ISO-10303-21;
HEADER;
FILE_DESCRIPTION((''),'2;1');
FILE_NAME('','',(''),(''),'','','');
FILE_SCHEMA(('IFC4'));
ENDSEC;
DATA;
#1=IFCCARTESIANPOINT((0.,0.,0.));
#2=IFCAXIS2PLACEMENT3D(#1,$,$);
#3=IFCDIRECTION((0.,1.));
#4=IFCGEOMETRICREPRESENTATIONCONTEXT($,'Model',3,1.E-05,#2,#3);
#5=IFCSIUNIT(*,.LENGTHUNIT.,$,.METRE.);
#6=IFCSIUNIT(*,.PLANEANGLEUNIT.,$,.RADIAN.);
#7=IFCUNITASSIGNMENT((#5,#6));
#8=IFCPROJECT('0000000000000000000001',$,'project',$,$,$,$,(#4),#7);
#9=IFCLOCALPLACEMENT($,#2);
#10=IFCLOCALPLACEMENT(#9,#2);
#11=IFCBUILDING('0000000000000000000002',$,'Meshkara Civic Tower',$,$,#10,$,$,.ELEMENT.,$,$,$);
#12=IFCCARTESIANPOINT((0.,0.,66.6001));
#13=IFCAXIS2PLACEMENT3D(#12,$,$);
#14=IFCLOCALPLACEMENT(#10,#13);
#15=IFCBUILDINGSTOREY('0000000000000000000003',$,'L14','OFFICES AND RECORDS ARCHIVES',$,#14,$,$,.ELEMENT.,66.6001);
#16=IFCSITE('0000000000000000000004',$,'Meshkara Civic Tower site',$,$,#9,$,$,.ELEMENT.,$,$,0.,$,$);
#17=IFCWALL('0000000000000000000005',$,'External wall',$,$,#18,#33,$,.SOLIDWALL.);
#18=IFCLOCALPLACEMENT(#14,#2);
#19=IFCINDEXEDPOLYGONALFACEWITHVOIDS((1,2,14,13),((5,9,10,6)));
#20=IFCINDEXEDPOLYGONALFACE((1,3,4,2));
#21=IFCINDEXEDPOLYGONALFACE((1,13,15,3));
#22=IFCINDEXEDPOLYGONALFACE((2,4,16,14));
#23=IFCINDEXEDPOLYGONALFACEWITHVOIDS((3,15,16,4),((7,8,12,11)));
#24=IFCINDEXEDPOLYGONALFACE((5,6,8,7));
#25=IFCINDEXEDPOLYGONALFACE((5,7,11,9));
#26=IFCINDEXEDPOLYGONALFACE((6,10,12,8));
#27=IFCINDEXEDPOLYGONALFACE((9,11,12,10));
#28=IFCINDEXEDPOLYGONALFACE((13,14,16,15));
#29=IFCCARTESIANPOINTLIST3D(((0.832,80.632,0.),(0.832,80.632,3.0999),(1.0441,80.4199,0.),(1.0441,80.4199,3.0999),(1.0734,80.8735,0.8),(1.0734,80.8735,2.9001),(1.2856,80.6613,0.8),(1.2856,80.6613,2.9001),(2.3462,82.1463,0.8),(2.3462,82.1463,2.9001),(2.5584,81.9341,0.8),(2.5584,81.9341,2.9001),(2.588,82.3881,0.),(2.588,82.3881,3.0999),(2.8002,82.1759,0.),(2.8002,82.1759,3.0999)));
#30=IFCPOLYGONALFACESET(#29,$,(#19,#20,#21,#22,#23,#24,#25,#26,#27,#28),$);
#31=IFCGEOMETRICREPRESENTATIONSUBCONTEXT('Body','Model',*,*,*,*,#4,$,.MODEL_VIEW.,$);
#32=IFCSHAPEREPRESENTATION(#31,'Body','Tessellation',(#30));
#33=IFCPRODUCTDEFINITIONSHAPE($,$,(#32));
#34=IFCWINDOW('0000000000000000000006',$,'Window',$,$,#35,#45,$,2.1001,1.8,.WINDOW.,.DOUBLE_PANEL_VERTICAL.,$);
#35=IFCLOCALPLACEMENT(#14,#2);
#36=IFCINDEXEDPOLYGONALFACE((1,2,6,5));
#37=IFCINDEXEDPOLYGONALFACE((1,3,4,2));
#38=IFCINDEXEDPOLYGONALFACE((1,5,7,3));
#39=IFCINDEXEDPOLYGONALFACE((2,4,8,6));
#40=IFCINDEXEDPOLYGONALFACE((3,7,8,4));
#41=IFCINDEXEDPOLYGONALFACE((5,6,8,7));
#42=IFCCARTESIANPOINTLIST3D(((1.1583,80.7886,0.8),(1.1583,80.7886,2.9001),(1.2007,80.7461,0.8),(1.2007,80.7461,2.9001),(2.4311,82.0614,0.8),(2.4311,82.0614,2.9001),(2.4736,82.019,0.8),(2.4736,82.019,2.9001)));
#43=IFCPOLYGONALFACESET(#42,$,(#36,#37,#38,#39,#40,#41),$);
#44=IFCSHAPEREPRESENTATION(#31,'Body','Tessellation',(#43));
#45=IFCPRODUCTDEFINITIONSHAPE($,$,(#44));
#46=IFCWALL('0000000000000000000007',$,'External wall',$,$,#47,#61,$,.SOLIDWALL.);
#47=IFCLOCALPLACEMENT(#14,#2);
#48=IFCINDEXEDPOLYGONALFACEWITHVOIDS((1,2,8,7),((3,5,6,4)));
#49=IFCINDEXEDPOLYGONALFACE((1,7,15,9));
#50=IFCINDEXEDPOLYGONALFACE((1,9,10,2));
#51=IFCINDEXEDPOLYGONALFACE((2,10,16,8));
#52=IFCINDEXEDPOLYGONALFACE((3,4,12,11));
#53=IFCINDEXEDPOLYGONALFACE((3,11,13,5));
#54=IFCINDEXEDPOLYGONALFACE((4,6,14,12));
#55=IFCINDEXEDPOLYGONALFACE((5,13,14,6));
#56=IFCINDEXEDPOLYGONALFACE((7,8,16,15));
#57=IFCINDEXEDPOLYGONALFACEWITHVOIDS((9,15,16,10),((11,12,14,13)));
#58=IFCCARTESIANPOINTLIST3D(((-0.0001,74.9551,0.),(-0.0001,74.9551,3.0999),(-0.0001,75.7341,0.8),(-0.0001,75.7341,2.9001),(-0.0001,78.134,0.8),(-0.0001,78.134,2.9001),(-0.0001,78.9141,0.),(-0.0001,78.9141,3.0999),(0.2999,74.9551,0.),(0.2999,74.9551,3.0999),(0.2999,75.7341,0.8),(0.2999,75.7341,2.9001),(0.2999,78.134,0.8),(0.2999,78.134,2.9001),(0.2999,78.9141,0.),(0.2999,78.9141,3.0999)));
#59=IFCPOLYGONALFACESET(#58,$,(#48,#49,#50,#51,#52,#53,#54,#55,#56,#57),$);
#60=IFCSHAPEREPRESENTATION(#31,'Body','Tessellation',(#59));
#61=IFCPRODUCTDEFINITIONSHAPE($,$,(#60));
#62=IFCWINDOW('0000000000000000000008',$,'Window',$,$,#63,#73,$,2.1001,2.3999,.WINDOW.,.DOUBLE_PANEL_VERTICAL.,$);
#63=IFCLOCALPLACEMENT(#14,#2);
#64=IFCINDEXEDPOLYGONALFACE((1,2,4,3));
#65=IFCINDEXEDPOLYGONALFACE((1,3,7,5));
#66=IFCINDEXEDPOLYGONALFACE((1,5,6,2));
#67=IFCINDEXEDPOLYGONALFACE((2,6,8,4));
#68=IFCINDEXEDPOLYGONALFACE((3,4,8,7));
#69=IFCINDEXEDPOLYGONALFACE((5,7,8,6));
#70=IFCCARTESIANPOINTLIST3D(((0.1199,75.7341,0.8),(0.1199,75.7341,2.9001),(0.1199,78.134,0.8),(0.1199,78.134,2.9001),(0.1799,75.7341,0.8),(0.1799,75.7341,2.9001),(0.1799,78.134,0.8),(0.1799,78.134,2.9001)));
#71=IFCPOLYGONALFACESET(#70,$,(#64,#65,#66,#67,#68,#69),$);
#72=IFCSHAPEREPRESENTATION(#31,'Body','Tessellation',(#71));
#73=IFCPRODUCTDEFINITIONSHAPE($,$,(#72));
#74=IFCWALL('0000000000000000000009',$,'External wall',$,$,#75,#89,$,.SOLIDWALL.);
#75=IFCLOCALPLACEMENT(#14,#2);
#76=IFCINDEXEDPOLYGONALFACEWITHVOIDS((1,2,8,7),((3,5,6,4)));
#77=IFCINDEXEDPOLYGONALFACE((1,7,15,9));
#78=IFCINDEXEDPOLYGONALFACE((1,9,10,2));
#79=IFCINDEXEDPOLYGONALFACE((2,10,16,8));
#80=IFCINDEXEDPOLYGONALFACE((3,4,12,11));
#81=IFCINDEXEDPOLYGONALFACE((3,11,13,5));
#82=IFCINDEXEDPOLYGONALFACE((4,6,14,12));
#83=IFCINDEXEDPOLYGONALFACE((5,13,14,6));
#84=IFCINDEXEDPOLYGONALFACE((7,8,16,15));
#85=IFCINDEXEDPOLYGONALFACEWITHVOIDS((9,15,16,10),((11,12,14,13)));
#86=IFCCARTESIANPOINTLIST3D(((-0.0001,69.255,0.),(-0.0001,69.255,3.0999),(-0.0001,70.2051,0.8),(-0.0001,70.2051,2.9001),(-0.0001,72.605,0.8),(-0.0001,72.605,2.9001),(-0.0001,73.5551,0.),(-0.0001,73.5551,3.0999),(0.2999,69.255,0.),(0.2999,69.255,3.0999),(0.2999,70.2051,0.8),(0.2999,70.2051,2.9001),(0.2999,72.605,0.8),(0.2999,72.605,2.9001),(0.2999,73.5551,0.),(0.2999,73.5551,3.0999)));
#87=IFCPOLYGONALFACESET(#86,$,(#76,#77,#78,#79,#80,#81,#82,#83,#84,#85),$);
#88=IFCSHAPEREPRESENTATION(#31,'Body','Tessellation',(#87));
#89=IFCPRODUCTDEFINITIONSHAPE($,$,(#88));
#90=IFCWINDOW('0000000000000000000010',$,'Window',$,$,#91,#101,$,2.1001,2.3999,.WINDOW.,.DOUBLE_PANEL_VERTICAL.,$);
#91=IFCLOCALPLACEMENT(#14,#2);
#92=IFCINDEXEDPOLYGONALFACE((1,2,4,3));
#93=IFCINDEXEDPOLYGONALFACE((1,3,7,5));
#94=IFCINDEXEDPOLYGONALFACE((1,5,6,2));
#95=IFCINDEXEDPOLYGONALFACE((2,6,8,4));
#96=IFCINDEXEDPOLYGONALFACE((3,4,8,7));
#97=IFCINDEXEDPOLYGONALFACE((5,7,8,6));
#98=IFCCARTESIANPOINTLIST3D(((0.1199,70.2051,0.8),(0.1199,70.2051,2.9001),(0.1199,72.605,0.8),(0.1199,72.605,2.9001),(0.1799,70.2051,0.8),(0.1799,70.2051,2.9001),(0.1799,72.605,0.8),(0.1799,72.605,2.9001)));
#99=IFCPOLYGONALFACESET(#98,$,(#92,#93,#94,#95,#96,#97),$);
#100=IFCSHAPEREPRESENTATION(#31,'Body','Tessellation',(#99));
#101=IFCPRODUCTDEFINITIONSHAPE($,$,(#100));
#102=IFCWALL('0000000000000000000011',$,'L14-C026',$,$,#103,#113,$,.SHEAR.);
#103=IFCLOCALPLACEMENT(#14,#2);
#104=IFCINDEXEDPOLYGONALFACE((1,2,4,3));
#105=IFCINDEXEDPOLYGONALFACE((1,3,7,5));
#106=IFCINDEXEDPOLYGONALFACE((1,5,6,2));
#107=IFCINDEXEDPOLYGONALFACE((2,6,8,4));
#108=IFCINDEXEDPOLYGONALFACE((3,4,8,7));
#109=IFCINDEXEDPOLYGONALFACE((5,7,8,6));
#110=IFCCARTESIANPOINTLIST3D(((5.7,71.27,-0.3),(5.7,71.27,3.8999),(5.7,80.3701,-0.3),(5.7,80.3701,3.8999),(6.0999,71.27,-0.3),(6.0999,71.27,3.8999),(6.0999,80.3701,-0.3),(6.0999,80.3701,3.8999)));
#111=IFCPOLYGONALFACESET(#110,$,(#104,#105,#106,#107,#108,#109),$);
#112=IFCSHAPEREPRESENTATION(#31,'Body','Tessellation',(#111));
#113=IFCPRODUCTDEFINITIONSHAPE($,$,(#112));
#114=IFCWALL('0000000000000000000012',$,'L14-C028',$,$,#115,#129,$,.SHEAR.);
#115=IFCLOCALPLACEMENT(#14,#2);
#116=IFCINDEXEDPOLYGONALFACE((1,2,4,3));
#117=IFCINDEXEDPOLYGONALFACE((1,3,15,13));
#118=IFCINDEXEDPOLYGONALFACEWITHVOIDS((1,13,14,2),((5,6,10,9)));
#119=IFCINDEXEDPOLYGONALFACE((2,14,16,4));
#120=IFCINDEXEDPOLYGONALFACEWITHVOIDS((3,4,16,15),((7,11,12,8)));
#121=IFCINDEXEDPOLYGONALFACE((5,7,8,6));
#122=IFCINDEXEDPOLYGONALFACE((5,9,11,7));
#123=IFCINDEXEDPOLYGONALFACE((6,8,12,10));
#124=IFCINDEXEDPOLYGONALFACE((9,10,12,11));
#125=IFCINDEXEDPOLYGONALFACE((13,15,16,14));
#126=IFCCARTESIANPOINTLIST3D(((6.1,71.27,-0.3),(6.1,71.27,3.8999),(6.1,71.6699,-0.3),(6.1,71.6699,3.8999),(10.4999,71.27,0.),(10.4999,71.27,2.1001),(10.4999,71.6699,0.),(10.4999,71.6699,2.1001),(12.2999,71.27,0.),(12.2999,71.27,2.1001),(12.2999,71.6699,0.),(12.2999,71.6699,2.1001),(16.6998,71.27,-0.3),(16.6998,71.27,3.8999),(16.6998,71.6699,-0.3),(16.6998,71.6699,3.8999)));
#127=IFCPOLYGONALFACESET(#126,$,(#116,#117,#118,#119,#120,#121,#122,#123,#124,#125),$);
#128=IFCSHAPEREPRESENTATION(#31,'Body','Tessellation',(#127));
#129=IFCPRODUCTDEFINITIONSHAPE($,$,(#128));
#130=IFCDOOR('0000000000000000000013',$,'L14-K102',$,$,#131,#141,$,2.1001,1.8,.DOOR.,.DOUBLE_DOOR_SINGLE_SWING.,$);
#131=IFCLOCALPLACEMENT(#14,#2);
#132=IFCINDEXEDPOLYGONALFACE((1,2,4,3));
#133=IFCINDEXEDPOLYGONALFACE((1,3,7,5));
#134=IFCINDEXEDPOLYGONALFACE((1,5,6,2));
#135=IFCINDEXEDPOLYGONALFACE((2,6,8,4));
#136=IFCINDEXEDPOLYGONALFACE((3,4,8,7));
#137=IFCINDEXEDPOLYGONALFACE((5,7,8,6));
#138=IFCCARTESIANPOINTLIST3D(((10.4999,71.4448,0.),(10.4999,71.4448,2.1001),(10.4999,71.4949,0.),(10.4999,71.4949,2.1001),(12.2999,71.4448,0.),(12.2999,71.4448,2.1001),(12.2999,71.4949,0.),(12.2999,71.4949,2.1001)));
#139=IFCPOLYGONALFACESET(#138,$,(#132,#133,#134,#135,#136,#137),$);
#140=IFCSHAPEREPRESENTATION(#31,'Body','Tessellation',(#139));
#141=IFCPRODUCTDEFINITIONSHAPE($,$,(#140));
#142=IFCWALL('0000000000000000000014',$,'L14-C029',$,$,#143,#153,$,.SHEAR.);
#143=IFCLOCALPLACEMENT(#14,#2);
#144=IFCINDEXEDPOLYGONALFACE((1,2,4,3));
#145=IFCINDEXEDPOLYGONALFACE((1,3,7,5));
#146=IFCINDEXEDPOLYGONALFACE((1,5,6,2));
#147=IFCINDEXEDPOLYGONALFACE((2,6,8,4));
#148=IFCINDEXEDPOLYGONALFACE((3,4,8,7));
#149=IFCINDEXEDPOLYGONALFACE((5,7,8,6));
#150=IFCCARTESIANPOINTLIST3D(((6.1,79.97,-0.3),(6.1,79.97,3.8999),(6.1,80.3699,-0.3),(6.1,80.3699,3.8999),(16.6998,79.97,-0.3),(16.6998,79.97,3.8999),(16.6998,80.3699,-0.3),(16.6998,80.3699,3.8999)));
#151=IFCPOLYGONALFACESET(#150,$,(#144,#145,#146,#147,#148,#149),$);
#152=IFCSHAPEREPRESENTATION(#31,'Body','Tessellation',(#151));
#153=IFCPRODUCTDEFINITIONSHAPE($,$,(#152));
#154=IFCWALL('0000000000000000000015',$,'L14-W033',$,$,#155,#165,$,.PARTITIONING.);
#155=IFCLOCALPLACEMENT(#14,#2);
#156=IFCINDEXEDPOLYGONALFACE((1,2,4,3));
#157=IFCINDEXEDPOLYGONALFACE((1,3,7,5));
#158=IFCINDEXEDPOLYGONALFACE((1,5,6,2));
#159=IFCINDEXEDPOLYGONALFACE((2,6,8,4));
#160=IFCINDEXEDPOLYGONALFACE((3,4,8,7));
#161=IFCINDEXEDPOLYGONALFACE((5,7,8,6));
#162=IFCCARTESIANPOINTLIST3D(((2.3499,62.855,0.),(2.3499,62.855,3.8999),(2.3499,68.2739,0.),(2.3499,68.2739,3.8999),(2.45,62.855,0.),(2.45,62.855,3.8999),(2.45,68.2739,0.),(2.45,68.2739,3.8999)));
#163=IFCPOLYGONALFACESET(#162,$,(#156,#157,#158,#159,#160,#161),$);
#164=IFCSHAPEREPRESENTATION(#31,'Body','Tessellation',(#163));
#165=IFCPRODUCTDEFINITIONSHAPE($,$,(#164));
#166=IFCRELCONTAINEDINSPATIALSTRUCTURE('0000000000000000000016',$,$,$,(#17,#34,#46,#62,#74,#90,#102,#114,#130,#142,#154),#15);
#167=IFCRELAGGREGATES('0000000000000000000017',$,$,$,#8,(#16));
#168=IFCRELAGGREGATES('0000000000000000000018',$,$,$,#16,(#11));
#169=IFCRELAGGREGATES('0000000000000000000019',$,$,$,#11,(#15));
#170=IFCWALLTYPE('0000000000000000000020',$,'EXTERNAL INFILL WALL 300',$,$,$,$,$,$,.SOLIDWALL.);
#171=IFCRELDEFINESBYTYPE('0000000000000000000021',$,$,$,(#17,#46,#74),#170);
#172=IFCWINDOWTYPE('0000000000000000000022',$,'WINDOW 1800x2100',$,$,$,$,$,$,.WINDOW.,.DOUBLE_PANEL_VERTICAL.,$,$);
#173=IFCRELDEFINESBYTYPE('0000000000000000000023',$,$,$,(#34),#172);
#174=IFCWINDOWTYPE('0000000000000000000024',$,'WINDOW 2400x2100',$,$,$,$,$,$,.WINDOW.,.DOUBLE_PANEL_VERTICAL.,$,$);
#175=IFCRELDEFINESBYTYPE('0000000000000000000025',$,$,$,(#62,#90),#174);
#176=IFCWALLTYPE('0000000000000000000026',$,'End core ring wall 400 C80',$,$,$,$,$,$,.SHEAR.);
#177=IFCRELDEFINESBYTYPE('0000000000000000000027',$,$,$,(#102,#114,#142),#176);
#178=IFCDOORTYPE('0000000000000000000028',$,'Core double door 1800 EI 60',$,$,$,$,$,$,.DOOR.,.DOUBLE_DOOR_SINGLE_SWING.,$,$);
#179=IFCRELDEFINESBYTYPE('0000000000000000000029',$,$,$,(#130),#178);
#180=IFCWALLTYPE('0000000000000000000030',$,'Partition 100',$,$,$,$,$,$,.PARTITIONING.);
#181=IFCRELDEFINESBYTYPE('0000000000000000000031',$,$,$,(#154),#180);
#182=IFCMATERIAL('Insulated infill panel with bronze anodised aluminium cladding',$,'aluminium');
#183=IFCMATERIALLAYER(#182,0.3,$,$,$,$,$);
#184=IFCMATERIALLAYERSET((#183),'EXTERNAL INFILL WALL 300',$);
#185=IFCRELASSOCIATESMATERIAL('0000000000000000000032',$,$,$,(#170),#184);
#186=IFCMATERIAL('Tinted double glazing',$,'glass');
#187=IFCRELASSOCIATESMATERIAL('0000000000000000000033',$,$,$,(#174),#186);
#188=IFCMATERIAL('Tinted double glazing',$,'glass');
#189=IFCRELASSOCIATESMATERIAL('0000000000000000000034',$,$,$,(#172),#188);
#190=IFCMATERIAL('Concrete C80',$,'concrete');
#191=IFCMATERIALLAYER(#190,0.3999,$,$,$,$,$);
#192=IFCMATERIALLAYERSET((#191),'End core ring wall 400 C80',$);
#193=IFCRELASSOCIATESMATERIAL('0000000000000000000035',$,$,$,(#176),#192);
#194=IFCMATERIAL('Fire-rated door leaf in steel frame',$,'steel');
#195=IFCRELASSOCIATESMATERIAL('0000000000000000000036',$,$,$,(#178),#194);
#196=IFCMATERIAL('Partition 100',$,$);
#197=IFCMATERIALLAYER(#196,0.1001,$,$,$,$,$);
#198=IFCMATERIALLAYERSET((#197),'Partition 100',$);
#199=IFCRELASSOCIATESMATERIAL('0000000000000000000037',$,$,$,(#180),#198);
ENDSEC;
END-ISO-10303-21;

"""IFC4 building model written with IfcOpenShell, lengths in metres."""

from ifc_helpers import new_model, si_unit, direction, frame, frame_2d, origin, place, context, subcontext, project, spatial, rectangle, extrude, material, layer, layer_set, type_object, element, fill, save


model = new_model("IFC4")

# Units and contexts
model_context = context("Model", 3, precision=1e-05, world=origin(), true_north=direction((0.0, 1.0)))
body_context = subcontext(model_context, "Body", "Model", "MODEL_VIEW")
ifc_project = project(units=[si_unit("LENGTHUNIT", "METRE"), si_unit("PLANEANGLEUNIT", "RADIAN")], contexts=[model_context])

# Site, building, storey
site_placement = place(None, origin())
site = spatial("IfcSite", under=ifc_project, at=site_placement, Name="Meshkara Civic Tower site", CompositionType="ELEMENT", RefElevation=0.0)
building_placement = place(site_placement, origin())
building = spatial("IfcBuilding", under=site, at=building_placement, Name="Meshkara Civic Tower", CompositionType="ELEMENT")
storey_placement = place(building_placement, frame((0.0, 0.0, 66.6001)))
storey = spatial("IfcBuildingStorey", under=building, at=storey_placement, Name="L14", Description="OFFICES AND RECORDS ARCHIVES", CompositionType="ELEMENT", Elevation=66.6001)

# Walls, openings, windows
ifc_material_1 = material(Name="Insulated infill panel with bronze anodised aluminium cladding", Category="aluminium")
ifc_layer_1 = layer(ifc_material_1, 0.3)
ifc_layer_set_1 = layer_set([ifc_layer_1], Name="EXTERNAL INFILL WALL 300")
wall_type_1 = type_object("IfcWallType", Name="EXTERNAL INFILL WALL 300", PredefinedType="SOLIDWALL", material=ifc_layer_set_1)
ifc_material_2 = material(Name="Tinted double glazing", Category="glass")
window_type_1 = type_object("IfcWindowType", Name="WINDOW 2400x2100", PartitioningType="DOUBLE_PANEL_VERTICAL", PredefinedType="WINDOW", material=ifc_material_2)
wall_1_placement = place(storey_placement, frame((2.6941, 82.282, 0.0), z_axis=(0.0, 0.0, 1.0), x_axis=(-0.707107, -0.707107, 0.0)))
wall_1 = element("IfcWall", 1, at=wall_1_placement, inside=storey, type_object=wall_type_1, Name="External wall", PredefinedType="SOLIDWALL", context=body_context, shape_type="SweptSolid", body=[
    extrude(rectangle(XDim=2.4834, YDim=0.3, at=frame_2d((1.2417, 0.0))), origin(), (0.0, 0.0, 1.0), 3.0999),
])
opening_1_placement = place(wall_1_placement, frame((0.342, 0.0, 0.8)))
opening_1 = element("IfcOpeningElement", 2, at=opening_1_placement, cuts=wall_1, PredefinedType="OPENING", context=body_context, shape_type="SweptSolid", body=[
    extrude(rectangle(XDim=1.8, YDim=2.1001, at=frame_2d((0.8999, 1.05))), frame((0.0, 0.1599, 0.0), z_axis=(0.0, -1.0, 0.0), x_axis=(1.0, 0.0, 0.0)), (0.0, 0.0, 1.0), 0.3201),
])
ifc_material_3 = material(Name="Tinted double glazing", Category="glass")
window_type_2 = type_object("IfcWindowType", Name="WINDOW 1800x2100", PartitioningType="DOUBLE_PANEL_VERTICAL", PredefinedType="WINDOW", material=ifc_material_3)
window_1_placement = place(opening_1_placement, origin())
window_1 = element("IfcWindow", 3, at=window_1_placement, inside=storey, type_object=window_type_2, Name="Window", OverallHeight=2.1001, OverallWidth=1.8, PartitioningType="DOUBLE_PANEL_VERTICAL", PredefinedType="WINDOW", context=body_context, shape_type="SweptSolid", body=[
    extrude(rectangle(XDim=1.8, YDim=2.1001, at=frame_2d((0.8999, 1.05))), frame((0.0, 0.03, 0.0), z_axis=(0.0, -1.0, 0.0), x_axis=(1.0, 0.0, 0.0)), (0.0, 0.0, 1.0), 0.0601),
])
fill(opening_1, window_1)
wall_2_placement = place(storey_placement, frame((0.1499, 78.9141, 0.0), z_axis=(0.0, 0.0, 1.0), x_axis=(0.0, -1.0, 0.0)))
wall_2 = element("IfcWall", 4, at=wall_2_placement, inside=storey, type_object=wall_type_1, Name="External wall", PredefinedType="SOLIDWALL", context=body_context, shape_type="SweptSolid", body=[
    extrude(rectangle(XDim=3.959, YDim=0.3, at=frame_2d((1.9795, 0.0))), origin(), (0.0, 0.0, 1.0), 3.0999),
])
opening_2_placement = place(wall_2_placement, frame((0.78, 0.0, 0.8)))
opening_2 = element("IfcOpeningElement", 5, at=opening_2_placement, cuts=wall_2, PredefinedType="OPENING", context=body_context, shape_type="SweptSolid", body=[
    extrude(rectangle(XDim=2.3999, YDim=2.1001, at=frame_2d((1.2, 1.05))), frame((0.0, 0.1599, 0.0), z_axis=(0.0, -1.0, 0.0), x_axis=(1.0, 0.0, 0.0)), (0.0, 0.0, 1.0), 0.3201),
])
window_2_placement = place(opening_2_placement, origin())
window_2 = element("IfcWindow", 6, at=window_2_placement, inside=storey, type_object=window_type_1, Name="Window", OverallHeight=2.1001, OverallWidth=2.3999, PartitioningType="DOUBLE_PANEL_VERTICAL", PredefinedType="WINDOW", context=body_context, shape_type="SweptSolid", body=[
    extrude(rectangle(XDim=2.3999, YDim=2.1001, at=frame_2d((1.2, 1.05))), frame((0.0, 0.03, 0.0), z_axis=(0.0, -1.0, 0.0), x_axis=(1.0, 0.0, 0.0)), (0.0, 0.0, 1.0), 0.0601),
])
fill(opening_2, window_2)
wall_3_placement = place(storey_placement, frame((0.1499, 73.5549, 0.0), z_axis=(0.0, 0.0, 1.0), x_axis=(0.0, -1.0, 0.0)))
wall_3 = element("IfcWall", 7, at=wall_3_placement, inside=storey, type_object=wall_type_1, Name="External wall", PredefinedType="SOLIDWALL", context=body_context, shape_type="SweptSolid", body=[
    extrude(rectangle(XDim=4.3, YDim=0.3, at=frame_2d((2.1499, 0.0))), origin(), (0.0, 0.0, 1.0), 3.0999),
])
opening_3_placement = place(wall_3_placement, frame((0.95, 0.0, 0.8)))
opening_3 = element("IfcOpeningElement", 8, at=opening_3_placement, cuts=wall_3, PredefinedType="OPENING", context=body_context, shape_type="SweptSolid", body=[
    extrude(rectangle(XDim=2.3999, YDim=2.1001, at=frame_2d((1.2, 1.05))), frame((0.0, 0.1599, 0.0), z_axis=(0.0, -1.0, 0.0), x_axis=(1.0, 0.0, 0.0)), (0.0, 0.0, 1.0), 0.3201),
])
window_3_placement = place(opening_3_placement, origin())
window_3 = element("IfcWindow", 9, at=window_3_placement, inside=storey, type_object=window_type_1, Name="Window", OverallHeight=2.1001, OverallWidth=2.3999, PartitioningType="DOUBLE_PANEL_VERTICAL", PredefinedType="WINDOW", context=body_context, shape_type="SweptSolid", body=[
    extrude(rectangle(XDim=2.3999, YDim=2.1001, at=frame_2d((1.2, 1.05))), frame((0.0, 0.03, 0.0), z_axis=(0.0, -1.0, 0.0), x_axis=(1.0, 0.0, 0.0)), (0.0, 0.0, 1.0), 0.0601),
])
fill(opening_3, window_3)

# Wall
ifc_material_4 = material(Name="Concrete C80", Category="concrete")
ifc_layer_2 = layer(ifc_material_4, 0.3999)
ifc_layer_set_2 = layer_set([ifc_layer_2], Name="End core ring wall 400 C80")
wall_type_2 = type_object("IfcWallType", Name="End core ring wall 400 C80", PredefinedType="SHEAR", material=ifc_layer_set_2)
wall_4_placement = place(storey_placement, frame((5.8999, 71.27, -0.3), z_axis=(0.0, 0.0, 1.0), x_axis=(0.0, 1.0, 0.0)))
element("IfcWall", 10, at=wall_4_placement, inside=storey, type_object=wall_type_2, Name="L14-C026", PredefinedType="SHEAR", context=body_context, shape_type="SweptSolid", body=[
    extrude(rectangle(XDim=9.1001, YDim=0.3999, at=frame_2d((4.55, 0.0))), origin(), (0.0, 0.0, 1.0), 4.2),
])

# Wall, opening, door
wall_5_placement = place(storey_placement, frame((6.1001, 71.47, -0.3), z_axis=(0.0, 0.0, 1.0), x_axis=(1.0, 0.0, 0.0)))
wall_5 = element("IfcWall", 11, at=wall_5_placement, inside=storey, type_object=wall_type_2, Name="L14-C028", PredefinedType="SHEAR", context=body_context, shape_type="SweptSolid", body=[
    extrude(rectangle(XDim=10.5999, YDim=0.3999, at=frame_2d((5.2998, 0.0))), origin(), (0.0, 0.0, 1.0), 4.2),
])
opening_4_placement = place(wall_5_placement, frame((4.3999, 0.0, 0.3)))
opening_4 = element("IfcOpeningElement", 12, at=opening_4_placement, cuts=wall_5, PredefinedType="OPENING", context=body_context, shape_type="SweptSolid", body=[
    extrude(rectangle(XDim=1.8, YDim=2.1001, at=frame_2d((0.8999, 1.05))), frame((0.0, 0.21, 0.0), z_axis=(0.0, -1.0, 0.0), x_axis=(1.0, 0.0, 0.0)), (0.0, 0.0, 1.0), 0.4199),
])
ifc_material_5 = material(Name="Fire-rated door leaf in steel frame", Category="steel")
door_type_1 = type_object("IfcDoorType", Name="Core double door 1800 EI 60", OperationType="DOUBLE_DOOR_SINGLE_SWING", PredefinedType="DOOR", material=ifc_material_5)
door_1_placement = place(opening_4_placement, origin())
door_1 = element("IfcDoor", 13, at=door_1_placement, inside=storey, type_object=door_type_1, Name="L14-K102", OperationType="DOUBLE_DOOR_SINGLE_SWING", OverallHeight=2.1001, OverallWidth=1.8, PredefinedType="DOOR", context=body_context, shape_type="SweptSolid", body=[
    extrude(rectangle(XDim=1.8, YDim=2.1001, at=frame_2d((0.8999, 1.05))), frame((0.0, 0.0249, 0.0), z_axis=(0.0, -1.0, 0.0), x_axis=(1.0, 0.0, 0.0)), (0.0, 0.0, 1.0), 0.05),
])
fill(opening_4, door_1)

# Walls
wall_6_placement = place(storey_placement, frame((6.1001, 80.1699, -0.3), z_axis=(0.0, 0.0, 1.0), x_axis=(1.0, 0.0, 0.0)))
element("IfcWall", 14, at=wall_6_placement, inside=storey, type_object=wall_type_2, Name="L14-C029", PredefinedType="SHEAR", context=body_context, shape_type="SweptSolid", body=[
    extrude(rectangle(XDim=10.5999, YDim=0.3999, at=frame_2d((5.2998, 0.0))), origin(), (0.0, 0.0, 1.0), 4.2),
])
ifc_material_6 = material(Name="Partition 100")
ifc_layer_3 = layer(ifc_material_6, 0.1001)
ifc_layer_set_3 = layer_set([ifc_layer_3], Name="Partition 100")
wall_type_3 = type_object("IfcWallType", Name="Partition 100", PredefinedType="PARTITIONING", material=ifc_layer_set_3)
wall_7_placement = place(storey_placement, frame((2.3999, 68.2739, 0.0), z_axis=(0.0, 0.0, 1.0), x_axis=(0.0, -1.0, 0.0)))
element("IfcWall", 15, at=wall_7_placement, inside=storey, type_object=wall_type_3, Name="L14-W033", PredefinedType="PARTITIONING", context=body_context, shape_type="SweptSolid", body=[
    extrude(rectangle(XDim=5.4189, YDim=0.1001, at=frame_2d((2.7095, 0.0))), origin(), (0.0, 0.0, 1.0), 3.8999),
])

save(model, "model.ifc")
